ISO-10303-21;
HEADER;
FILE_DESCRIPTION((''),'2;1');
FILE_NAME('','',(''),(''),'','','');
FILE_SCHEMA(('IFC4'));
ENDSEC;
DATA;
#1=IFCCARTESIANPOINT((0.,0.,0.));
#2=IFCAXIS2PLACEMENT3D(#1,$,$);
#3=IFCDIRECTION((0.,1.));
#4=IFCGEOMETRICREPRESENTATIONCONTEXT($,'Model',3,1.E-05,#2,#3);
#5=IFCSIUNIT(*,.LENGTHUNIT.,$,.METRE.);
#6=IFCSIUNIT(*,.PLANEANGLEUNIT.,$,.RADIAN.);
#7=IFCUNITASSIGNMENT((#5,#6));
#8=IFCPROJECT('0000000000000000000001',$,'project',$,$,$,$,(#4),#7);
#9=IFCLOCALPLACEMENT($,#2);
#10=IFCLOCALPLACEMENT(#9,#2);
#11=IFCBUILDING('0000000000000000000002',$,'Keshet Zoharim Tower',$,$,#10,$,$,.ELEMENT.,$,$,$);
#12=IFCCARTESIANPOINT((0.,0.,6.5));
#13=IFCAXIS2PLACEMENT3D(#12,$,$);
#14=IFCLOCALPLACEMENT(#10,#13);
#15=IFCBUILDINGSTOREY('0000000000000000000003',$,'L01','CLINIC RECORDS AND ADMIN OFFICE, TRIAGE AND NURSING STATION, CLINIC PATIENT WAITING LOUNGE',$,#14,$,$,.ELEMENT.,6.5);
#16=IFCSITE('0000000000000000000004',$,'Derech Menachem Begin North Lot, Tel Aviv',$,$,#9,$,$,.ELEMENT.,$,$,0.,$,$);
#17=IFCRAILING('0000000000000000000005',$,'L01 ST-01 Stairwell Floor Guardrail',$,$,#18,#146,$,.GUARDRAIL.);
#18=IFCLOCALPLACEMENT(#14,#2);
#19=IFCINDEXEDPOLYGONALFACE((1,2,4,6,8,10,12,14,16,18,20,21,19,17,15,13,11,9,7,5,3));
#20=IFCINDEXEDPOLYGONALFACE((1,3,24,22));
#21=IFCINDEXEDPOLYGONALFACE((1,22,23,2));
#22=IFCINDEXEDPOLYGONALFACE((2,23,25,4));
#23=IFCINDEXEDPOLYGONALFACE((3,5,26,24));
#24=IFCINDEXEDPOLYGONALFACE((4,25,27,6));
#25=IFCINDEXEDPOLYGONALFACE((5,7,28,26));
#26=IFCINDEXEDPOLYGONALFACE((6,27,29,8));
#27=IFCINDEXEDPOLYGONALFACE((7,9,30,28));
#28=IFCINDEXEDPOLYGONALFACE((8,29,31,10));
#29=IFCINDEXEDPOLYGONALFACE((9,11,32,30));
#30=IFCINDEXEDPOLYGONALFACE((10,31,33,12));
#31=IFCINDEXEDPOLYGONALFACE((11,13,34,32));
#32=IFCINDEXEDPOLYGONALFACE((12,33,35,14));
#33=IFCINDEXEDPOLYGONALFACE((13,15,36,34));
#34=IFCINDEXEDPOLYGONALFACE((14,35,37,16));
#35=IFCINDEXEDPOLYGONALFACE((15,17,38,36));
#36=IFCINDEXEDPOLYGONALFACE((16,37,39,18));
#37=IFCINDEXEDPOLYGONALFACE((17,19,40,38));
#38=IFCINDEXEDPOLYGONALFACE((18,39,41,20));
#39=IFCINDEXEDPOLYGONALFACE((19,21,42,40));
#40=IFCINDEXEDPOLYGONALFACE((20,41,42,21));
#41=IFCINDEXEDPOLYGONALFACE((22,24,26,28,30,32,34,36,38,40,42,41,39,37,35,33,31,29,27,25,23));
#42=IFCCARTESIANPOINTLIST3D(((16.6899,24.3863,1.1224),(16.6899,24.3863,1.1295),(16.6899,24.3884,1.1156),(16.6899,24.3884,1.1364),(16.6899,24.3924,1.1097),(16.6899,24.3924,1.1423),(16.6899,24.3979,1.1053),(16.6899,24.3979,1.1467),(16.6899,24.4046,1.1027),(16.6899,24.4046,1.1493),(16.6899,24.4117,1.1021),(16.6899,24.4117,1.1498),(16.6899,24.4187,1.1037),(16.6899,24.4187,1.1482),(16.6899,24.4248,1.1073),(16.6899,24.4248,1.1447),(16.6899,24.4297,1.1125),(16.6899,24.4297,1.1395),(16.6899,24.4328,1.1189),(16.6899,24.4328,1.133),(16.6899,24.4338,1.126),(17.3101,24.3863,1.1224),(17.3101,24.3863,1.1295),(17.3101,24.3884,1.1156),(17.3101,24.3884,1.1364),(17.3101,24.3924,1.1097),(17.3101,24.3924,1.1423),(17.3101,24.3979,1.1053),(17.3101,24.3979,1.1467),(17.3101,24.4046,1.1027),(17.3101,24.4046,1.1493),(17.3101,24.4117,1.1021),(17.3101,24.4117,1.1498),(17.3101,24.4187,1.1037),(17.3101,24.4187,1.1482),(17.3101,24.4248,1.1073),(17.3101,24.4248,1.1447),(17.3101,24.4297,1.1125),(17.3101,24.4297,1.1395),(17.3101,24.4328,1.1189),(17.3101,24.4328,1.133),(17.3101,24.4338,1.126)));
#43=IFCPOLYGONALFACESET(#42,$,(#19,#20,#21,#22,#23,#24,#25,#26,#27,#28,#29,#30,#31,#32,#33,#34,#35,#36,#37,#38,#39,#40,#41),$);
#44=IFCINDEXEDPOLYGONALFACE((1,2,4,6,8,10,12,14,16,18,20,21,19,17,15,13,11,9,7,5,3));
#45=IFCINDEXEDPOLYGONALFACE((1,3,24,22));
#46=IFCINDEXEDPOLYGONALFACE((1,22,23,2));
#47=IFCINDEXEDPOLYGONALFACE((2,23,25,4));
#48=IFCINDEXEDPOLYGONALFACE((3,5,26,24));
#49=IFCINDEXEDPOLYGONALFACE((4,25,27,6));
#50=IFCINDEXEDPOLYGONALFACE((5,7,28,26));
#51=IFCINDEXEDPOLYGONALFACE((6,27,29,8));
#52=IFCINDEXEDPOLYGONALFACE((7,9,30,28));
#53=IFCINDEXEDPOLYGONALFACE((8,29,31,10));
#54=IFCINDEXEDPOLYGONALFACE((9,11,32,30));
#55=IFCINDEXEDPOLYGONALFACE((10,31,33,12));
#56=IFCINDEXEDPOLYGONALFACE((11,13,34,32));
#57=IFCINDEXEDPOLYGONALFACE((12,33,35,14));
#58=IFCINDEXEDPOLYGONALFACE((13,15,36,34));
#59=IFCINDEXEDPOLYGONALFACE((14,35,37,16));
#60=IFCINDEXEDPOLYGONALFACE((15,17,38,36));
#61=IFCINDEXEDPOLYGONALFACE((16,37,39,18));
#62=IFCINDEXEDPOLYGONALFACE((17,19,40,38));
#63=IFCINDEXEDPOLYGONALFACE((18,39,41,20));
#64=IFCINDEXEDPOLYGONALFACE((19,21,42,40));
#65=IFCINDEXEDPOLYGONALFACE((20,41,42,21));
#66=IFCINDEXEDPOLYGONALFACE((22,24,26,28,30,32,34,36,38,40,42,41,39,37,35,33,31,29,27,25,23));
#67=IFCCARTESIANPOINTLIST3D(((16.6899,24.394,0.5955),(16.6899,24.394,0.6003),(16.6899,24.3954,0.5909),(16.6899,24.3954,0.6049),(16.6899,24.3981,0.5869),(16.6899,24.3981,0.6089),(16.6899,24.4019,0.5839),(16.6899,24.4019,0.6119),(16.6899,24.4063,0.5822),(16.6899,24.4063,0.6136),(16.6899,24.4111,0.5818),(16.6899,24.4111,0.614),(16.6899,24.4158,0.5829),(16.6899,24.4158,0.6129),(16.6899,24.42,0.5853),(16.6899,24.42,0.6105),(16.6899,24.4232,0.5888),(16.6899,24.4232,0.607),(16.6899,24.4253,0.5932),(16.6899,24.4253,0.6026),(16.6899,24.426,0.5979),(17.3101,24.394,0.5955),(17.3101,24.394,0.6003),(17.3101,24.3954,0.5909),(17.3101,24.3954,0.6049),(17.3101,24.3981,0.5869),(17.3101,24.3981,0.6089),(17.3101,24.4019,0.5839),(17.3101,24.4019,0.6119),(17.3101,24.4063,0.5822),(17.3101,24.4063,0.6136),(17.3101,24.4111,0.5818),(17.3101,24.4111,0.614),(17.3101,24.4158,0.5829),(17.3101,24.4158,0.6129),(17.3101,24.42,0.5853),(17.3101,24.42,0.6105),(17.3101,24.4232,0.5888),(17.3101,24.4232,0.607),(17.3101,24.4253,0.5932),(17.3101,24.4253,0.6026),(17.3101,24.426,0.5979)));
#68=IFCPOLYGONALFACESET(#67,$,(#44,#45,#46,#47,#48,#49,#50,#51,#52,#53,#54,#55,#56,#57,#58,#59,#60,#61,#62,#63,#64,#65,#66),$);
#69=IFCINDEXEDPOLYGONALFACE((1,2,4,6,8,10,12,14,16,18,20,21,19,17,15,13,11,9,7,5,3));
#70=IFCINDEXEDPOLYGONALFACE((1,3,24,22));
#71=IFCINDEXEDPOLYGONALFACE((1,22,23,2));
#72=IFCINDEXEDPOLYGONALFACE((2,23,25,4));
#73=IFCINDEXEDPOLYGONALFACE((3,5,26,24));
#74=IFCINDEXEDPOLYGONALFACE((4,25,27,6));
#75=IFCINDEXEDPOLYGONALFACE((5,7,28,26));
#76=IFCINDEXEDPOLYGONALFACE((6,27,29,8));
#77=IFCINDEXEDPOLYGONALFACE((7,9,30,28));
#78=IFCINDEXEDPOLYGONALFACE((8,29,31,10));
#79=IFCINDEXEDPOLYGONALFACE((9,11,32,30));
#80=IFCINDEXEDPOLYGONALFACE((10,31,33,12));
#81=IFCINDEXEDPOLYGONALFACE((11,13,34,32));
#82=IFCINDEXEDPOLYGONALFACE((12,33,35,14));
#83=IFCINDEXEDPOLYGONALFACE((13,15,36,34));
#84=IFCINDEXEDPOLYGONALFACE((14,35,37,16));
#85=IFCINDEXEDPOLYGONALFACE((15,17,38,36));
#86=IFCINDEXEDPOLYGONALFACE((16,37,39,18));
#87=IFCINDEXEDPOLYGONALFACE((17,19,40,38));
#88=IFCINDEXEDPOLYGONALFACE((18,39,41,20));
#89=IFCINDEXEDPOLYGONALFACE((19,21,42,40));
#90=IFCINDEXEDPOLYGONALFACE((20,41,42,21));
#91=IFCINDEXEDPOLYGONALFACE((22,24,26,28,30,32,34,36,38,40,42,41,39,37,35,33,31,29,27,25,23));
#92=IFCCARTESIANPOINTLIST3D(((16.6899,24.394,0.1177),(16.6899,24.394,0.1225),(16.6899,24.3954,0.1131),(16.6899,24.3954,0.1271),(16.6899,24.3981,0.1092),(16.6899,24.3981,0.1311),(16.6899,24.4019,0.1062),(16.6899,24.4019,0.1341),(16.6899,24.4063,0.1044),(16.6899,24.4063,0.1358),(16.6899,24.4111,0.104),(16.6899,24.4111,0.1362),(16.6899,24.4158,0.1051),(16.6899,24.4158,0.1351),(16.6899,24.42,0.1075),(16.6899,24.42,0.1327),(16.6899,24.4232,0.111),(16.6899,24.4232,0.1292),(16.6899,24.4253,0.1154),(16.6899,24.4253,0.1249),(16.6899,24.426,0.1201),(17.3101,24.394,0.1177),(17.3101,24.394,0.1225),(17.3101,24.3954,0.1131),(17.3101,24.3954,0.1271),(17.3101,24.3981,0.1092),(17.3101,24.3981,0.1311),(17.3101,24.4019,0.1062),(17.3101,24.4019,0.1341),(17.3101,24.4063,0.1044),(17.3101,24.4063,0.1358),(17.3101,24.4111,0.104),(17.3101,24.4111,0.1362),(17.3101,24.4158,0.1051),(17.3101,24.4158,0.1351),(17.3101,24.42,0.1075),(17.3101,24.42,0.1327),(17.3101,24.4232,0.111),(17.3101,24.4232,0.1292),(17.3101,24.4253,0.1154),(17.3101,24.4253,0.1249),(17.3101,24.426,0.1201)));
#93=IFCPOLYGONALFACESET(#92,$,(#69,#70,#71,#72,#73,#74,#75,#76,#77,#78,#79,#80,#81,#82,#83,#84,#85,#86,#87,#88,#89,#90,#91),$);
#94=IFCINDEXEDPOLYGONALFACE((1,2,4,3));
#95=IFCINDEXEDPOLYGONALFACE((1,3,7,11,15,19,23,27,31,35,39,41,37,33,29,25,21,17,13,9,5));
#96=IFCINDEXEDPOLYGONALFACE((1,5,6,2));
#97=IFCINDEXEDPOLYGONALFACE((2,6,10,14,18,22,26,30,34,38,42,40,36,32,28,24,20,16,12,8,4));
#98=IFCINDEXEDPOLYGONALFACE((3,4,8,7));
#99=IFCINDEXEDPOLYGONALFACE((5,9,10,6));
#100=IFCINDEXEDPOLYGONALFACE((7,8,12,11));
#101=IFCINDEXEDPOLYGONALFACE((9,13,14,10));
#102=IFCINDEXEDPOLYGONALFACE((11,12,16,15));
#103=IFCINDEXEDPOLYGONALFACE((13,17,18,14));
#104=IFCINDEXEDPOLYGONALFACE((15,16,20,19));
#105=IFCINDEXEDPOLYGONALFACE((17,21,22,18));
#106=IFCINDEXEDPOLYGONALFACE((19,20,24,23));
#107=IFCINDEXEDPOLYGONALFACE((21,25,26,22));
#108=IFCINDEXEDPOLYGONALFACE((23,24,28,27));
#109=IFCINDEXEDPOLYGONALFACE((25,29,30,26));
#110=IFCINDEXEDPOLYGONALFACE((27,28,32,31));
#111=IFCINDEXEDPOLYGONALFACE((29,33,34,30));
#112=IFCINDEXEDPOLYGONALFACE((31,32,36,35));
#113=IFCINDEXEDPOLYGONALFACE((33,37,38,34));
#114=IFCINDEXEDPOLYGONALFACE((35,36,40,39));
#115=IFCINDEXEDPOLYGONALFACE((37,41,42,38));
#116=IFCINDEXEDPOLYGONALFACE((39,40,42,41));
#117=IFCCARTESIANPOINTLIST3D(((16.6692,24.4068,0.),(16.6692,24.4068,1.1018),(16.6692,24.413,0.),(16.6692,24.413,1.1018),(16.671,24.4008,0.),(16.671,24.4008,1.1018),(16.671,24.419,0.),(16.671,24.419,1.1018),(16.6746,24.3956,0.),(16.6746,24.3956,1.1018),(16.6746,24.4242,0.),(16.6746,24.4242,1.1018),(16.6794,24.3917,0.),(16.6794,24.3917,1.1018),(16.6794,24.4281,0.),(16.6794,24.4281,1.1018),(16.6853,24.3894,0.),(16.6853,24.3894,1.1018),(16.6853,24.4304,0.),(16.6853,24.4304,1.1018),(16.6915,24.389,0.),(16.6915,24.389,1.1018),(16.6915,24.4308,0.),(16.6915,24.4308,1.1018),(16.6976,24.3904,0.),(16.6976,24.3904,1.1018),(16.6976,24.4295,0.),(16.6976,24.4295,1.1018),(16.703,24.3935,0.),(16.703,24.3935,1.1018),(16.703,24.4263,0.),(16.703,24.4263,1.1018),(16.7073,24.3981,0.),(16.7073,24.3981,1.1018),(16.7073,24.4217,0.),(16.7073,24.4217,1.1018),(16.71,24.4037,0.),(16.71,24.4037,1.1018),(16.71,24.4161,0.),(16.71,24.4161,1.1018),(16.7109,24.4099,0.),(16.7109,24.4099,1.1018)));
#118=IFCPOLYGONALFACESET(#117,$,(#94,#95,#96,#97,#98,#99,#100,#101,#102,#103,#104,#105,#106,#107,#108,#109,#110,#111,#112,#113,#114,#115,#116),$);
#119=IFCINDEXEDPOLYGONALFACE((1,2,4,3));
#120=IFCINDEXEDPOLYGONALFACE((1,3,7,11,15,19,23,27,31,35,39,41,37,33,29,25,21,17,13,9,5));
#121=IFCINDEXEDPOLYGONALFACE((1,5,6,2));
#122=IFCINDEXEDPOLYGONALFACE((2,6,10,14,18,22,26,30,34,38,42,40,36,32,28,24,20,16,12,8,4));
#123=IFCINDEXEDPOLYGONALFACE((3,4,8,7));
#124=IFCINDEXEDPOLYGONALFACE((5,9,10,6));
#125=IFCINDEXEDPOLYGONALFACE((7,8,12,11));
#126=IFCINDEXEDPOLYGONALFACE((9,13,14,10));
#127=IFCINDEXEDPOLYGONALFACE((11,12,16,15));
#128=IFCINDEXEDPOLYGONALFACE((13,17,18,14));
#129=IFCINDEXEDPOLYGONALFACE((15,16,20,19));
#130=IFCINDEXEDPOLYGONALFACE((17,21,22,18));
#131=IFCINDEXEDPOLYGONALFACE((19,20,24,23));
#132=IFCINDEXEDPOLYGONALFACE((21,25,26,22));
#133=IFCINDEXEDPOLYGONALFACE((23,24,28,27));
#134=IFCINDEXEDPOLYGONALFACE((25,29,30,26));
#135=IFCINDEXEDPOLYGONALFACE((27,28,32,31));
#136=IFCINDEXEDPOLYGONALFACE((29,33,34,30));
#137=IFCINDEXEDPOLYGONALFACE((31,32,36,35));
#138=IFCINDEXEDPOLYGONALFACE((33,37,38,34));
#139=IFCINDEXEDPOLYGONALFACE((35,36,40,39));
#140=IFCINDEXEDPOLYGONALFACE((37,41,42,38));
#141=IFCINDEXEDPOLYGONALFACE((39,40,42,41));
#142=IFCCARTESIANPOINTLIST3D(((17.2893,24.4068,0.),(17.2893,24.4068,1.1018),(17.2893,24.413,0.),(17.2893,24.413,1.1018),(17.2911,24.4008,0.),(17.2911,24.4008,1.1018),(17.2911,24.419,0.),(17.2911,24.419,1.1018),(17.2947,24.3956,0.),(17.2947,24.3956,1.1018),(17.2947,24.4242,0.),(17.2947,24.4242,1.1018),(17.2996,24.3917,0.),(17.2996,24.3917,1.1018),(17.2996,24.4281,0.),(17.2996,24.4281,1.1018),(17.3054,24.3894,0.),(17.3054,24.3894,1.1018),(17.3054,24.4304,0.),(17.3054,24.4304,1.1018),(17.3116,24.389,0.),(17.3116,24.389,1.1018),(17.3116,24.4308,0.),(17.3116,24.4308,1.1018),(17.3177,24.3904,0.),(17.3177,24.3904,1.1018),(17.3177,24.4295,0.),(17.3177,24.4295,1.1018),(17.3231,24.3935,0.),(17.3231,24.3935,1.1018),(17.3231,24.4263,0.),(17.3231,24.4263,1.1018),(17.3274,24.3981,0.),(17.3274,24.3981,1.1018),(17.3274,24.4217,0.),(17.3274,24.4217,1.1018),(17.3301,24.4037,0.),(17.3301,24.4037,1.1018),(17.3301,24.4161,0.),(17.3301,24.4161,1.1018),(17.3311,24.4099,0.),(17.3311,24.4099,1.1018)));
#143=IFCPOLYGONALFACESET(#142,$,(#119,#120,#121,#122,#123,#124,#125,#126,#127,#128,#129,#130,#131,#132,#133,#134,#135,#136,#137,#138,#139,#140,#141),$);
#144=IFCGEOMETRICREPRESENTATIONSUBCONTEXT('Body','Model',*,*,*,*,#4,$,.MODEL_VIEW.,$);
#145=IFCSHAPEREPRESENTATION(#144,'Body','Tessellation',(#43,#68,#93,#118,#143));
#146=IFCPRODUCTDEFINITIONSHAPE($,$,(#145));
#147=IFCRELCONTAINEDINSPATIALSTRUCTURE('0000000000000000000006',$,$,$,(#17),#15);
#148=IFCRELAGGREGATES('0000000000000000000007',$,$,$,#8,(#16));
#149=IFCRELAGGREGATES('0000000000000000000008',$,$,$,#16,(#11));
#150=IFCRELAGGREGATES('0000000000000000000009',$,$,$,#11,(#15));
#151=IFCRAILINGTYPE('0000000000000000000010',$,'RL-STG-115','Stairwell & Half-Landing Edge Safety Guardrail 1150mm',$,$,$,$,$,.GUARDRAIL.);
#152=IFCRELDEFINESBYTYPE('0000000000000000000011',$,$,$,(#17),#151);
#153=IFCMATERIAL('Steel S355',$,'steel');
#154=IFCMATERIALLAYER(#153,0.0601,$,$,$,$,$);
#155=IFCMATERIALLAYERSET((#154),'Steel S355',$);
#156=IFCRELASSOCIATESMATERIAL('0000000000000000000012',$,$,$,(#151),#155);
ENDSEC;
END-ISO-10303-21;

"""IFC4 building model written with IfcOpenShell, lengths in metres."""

from ifc_helpers import new_model, si_unit, direction, frame, origin, origin_2d, place, context, subcontext, project, spatial, circle, extrude, material, layer, layer_set, type_object, element, save


model = new_model("IFC4")

# Units and contexts
model_context = context("Model", 3, precision=1e-05, world=origin(), true_north=direction((0.0, 1.0)))
body_context = subcontext(model_context, "Body", "Model", "MODEL_VIEW")
ifc_project = project(units=[si_unit("LENGTHUNIT", "METRE"), si_unit("PLANEANGLEUNIT", "RADIAN")], contexts=[model_context])

# Site, building, storey
site_placement = place(None, origin())
site = spatial("IfcSite", under=ifc_project, at=site_placement, Name="Derech Menachem Begin North Lot, Tel Aviv", CompositionType="ELEMENT", RefElevation=0.0)
building_placement = place(site_placement, origin())
building = spatial("IfcBuilding", under=site, at=building_placement, Name="Keshet Zoharim Tower", CompositionType="ELEMENT")
storey_placement = place(building_placement, frame((0.0, 0.0, 6.5)))
storey = spatial("IfcBuildingStorey", under=building, at=storey_placement, Name="L01", Description="CLINIC RECORDS AND ADMIN OFFICE, TRIAGE AND NURSING STATION, CLINIC PATIENT WAITING LOUNGE", CompositionType="ELEMENT", Elevation=6.5)

# Shared definitions
ifc_material_1 = material(Name="Steel S355", Category="steel")

# Railing
ifc_layer_1 = layer(ifc_material_1, 0.0601)
ifc_layer_set_1 = layer_set([ifc_layer_1], Name="Steel S355")
railing_type_1 = type_object("IfcRailingType", Name="RL-STG-115", Description="Stairwell & Half-Landing Edge Safety Guardrail 1150mm", PredefinedType="GUARDRAIL", material=ifc_layer_set_1)
railing_1_placement = place(storey_placement, frame((16.6899, 24.4099, 0.0)))
element("IfcRailing", 1, at=railing_1_placement, inside=storey, type_object=railing_type_1, Name="L01 ST-01 Stairwell Floor Guardrail", PredefinedType="GUARDRAIL", context=body_context, shape_type="SweptSolid", body=[
    extrude(circle(Radius=0.0239, at=origin_2d()), frame((0.0, 0.0, 1.126), z_axis=(1.0, 0.0, 0.0), x_axis=(0.0, 1.0, 0.0)), (0.0, 0.0, 1.0), 0.6201),
    extrude(circle(Radius=0.0161, at=origin_2d()), frame((0.0, 0.0, 0.5979), z_axis=(1.0, 0.0, 0.0), x_axis=(0.0, 1.0, 0.0)), (0.0, 0.0, 1.0), 0.6201),
    extrude(circle(Radius=0.0161, at=origin_2d()), frame((0.0, 0.0, 0.1201), z_axis=(1.0, 0.0, 0.0), x_axis=(0.0, 1.0, 0.0)), (0.0, 0.0, 1.0), 0.6201),
    extrude(circle(Radius=0.021, at=origin_2d()), origin(), (0.0, 0.0, 1.0), 1.1018),
    extrude(circle(Radius=0.021, at=origin_2d()), frame((0.6201, 0.0, 0.0)), (0.0, 0.0, 1.0), 1.1018),
])

save(model, "model.ifc")
